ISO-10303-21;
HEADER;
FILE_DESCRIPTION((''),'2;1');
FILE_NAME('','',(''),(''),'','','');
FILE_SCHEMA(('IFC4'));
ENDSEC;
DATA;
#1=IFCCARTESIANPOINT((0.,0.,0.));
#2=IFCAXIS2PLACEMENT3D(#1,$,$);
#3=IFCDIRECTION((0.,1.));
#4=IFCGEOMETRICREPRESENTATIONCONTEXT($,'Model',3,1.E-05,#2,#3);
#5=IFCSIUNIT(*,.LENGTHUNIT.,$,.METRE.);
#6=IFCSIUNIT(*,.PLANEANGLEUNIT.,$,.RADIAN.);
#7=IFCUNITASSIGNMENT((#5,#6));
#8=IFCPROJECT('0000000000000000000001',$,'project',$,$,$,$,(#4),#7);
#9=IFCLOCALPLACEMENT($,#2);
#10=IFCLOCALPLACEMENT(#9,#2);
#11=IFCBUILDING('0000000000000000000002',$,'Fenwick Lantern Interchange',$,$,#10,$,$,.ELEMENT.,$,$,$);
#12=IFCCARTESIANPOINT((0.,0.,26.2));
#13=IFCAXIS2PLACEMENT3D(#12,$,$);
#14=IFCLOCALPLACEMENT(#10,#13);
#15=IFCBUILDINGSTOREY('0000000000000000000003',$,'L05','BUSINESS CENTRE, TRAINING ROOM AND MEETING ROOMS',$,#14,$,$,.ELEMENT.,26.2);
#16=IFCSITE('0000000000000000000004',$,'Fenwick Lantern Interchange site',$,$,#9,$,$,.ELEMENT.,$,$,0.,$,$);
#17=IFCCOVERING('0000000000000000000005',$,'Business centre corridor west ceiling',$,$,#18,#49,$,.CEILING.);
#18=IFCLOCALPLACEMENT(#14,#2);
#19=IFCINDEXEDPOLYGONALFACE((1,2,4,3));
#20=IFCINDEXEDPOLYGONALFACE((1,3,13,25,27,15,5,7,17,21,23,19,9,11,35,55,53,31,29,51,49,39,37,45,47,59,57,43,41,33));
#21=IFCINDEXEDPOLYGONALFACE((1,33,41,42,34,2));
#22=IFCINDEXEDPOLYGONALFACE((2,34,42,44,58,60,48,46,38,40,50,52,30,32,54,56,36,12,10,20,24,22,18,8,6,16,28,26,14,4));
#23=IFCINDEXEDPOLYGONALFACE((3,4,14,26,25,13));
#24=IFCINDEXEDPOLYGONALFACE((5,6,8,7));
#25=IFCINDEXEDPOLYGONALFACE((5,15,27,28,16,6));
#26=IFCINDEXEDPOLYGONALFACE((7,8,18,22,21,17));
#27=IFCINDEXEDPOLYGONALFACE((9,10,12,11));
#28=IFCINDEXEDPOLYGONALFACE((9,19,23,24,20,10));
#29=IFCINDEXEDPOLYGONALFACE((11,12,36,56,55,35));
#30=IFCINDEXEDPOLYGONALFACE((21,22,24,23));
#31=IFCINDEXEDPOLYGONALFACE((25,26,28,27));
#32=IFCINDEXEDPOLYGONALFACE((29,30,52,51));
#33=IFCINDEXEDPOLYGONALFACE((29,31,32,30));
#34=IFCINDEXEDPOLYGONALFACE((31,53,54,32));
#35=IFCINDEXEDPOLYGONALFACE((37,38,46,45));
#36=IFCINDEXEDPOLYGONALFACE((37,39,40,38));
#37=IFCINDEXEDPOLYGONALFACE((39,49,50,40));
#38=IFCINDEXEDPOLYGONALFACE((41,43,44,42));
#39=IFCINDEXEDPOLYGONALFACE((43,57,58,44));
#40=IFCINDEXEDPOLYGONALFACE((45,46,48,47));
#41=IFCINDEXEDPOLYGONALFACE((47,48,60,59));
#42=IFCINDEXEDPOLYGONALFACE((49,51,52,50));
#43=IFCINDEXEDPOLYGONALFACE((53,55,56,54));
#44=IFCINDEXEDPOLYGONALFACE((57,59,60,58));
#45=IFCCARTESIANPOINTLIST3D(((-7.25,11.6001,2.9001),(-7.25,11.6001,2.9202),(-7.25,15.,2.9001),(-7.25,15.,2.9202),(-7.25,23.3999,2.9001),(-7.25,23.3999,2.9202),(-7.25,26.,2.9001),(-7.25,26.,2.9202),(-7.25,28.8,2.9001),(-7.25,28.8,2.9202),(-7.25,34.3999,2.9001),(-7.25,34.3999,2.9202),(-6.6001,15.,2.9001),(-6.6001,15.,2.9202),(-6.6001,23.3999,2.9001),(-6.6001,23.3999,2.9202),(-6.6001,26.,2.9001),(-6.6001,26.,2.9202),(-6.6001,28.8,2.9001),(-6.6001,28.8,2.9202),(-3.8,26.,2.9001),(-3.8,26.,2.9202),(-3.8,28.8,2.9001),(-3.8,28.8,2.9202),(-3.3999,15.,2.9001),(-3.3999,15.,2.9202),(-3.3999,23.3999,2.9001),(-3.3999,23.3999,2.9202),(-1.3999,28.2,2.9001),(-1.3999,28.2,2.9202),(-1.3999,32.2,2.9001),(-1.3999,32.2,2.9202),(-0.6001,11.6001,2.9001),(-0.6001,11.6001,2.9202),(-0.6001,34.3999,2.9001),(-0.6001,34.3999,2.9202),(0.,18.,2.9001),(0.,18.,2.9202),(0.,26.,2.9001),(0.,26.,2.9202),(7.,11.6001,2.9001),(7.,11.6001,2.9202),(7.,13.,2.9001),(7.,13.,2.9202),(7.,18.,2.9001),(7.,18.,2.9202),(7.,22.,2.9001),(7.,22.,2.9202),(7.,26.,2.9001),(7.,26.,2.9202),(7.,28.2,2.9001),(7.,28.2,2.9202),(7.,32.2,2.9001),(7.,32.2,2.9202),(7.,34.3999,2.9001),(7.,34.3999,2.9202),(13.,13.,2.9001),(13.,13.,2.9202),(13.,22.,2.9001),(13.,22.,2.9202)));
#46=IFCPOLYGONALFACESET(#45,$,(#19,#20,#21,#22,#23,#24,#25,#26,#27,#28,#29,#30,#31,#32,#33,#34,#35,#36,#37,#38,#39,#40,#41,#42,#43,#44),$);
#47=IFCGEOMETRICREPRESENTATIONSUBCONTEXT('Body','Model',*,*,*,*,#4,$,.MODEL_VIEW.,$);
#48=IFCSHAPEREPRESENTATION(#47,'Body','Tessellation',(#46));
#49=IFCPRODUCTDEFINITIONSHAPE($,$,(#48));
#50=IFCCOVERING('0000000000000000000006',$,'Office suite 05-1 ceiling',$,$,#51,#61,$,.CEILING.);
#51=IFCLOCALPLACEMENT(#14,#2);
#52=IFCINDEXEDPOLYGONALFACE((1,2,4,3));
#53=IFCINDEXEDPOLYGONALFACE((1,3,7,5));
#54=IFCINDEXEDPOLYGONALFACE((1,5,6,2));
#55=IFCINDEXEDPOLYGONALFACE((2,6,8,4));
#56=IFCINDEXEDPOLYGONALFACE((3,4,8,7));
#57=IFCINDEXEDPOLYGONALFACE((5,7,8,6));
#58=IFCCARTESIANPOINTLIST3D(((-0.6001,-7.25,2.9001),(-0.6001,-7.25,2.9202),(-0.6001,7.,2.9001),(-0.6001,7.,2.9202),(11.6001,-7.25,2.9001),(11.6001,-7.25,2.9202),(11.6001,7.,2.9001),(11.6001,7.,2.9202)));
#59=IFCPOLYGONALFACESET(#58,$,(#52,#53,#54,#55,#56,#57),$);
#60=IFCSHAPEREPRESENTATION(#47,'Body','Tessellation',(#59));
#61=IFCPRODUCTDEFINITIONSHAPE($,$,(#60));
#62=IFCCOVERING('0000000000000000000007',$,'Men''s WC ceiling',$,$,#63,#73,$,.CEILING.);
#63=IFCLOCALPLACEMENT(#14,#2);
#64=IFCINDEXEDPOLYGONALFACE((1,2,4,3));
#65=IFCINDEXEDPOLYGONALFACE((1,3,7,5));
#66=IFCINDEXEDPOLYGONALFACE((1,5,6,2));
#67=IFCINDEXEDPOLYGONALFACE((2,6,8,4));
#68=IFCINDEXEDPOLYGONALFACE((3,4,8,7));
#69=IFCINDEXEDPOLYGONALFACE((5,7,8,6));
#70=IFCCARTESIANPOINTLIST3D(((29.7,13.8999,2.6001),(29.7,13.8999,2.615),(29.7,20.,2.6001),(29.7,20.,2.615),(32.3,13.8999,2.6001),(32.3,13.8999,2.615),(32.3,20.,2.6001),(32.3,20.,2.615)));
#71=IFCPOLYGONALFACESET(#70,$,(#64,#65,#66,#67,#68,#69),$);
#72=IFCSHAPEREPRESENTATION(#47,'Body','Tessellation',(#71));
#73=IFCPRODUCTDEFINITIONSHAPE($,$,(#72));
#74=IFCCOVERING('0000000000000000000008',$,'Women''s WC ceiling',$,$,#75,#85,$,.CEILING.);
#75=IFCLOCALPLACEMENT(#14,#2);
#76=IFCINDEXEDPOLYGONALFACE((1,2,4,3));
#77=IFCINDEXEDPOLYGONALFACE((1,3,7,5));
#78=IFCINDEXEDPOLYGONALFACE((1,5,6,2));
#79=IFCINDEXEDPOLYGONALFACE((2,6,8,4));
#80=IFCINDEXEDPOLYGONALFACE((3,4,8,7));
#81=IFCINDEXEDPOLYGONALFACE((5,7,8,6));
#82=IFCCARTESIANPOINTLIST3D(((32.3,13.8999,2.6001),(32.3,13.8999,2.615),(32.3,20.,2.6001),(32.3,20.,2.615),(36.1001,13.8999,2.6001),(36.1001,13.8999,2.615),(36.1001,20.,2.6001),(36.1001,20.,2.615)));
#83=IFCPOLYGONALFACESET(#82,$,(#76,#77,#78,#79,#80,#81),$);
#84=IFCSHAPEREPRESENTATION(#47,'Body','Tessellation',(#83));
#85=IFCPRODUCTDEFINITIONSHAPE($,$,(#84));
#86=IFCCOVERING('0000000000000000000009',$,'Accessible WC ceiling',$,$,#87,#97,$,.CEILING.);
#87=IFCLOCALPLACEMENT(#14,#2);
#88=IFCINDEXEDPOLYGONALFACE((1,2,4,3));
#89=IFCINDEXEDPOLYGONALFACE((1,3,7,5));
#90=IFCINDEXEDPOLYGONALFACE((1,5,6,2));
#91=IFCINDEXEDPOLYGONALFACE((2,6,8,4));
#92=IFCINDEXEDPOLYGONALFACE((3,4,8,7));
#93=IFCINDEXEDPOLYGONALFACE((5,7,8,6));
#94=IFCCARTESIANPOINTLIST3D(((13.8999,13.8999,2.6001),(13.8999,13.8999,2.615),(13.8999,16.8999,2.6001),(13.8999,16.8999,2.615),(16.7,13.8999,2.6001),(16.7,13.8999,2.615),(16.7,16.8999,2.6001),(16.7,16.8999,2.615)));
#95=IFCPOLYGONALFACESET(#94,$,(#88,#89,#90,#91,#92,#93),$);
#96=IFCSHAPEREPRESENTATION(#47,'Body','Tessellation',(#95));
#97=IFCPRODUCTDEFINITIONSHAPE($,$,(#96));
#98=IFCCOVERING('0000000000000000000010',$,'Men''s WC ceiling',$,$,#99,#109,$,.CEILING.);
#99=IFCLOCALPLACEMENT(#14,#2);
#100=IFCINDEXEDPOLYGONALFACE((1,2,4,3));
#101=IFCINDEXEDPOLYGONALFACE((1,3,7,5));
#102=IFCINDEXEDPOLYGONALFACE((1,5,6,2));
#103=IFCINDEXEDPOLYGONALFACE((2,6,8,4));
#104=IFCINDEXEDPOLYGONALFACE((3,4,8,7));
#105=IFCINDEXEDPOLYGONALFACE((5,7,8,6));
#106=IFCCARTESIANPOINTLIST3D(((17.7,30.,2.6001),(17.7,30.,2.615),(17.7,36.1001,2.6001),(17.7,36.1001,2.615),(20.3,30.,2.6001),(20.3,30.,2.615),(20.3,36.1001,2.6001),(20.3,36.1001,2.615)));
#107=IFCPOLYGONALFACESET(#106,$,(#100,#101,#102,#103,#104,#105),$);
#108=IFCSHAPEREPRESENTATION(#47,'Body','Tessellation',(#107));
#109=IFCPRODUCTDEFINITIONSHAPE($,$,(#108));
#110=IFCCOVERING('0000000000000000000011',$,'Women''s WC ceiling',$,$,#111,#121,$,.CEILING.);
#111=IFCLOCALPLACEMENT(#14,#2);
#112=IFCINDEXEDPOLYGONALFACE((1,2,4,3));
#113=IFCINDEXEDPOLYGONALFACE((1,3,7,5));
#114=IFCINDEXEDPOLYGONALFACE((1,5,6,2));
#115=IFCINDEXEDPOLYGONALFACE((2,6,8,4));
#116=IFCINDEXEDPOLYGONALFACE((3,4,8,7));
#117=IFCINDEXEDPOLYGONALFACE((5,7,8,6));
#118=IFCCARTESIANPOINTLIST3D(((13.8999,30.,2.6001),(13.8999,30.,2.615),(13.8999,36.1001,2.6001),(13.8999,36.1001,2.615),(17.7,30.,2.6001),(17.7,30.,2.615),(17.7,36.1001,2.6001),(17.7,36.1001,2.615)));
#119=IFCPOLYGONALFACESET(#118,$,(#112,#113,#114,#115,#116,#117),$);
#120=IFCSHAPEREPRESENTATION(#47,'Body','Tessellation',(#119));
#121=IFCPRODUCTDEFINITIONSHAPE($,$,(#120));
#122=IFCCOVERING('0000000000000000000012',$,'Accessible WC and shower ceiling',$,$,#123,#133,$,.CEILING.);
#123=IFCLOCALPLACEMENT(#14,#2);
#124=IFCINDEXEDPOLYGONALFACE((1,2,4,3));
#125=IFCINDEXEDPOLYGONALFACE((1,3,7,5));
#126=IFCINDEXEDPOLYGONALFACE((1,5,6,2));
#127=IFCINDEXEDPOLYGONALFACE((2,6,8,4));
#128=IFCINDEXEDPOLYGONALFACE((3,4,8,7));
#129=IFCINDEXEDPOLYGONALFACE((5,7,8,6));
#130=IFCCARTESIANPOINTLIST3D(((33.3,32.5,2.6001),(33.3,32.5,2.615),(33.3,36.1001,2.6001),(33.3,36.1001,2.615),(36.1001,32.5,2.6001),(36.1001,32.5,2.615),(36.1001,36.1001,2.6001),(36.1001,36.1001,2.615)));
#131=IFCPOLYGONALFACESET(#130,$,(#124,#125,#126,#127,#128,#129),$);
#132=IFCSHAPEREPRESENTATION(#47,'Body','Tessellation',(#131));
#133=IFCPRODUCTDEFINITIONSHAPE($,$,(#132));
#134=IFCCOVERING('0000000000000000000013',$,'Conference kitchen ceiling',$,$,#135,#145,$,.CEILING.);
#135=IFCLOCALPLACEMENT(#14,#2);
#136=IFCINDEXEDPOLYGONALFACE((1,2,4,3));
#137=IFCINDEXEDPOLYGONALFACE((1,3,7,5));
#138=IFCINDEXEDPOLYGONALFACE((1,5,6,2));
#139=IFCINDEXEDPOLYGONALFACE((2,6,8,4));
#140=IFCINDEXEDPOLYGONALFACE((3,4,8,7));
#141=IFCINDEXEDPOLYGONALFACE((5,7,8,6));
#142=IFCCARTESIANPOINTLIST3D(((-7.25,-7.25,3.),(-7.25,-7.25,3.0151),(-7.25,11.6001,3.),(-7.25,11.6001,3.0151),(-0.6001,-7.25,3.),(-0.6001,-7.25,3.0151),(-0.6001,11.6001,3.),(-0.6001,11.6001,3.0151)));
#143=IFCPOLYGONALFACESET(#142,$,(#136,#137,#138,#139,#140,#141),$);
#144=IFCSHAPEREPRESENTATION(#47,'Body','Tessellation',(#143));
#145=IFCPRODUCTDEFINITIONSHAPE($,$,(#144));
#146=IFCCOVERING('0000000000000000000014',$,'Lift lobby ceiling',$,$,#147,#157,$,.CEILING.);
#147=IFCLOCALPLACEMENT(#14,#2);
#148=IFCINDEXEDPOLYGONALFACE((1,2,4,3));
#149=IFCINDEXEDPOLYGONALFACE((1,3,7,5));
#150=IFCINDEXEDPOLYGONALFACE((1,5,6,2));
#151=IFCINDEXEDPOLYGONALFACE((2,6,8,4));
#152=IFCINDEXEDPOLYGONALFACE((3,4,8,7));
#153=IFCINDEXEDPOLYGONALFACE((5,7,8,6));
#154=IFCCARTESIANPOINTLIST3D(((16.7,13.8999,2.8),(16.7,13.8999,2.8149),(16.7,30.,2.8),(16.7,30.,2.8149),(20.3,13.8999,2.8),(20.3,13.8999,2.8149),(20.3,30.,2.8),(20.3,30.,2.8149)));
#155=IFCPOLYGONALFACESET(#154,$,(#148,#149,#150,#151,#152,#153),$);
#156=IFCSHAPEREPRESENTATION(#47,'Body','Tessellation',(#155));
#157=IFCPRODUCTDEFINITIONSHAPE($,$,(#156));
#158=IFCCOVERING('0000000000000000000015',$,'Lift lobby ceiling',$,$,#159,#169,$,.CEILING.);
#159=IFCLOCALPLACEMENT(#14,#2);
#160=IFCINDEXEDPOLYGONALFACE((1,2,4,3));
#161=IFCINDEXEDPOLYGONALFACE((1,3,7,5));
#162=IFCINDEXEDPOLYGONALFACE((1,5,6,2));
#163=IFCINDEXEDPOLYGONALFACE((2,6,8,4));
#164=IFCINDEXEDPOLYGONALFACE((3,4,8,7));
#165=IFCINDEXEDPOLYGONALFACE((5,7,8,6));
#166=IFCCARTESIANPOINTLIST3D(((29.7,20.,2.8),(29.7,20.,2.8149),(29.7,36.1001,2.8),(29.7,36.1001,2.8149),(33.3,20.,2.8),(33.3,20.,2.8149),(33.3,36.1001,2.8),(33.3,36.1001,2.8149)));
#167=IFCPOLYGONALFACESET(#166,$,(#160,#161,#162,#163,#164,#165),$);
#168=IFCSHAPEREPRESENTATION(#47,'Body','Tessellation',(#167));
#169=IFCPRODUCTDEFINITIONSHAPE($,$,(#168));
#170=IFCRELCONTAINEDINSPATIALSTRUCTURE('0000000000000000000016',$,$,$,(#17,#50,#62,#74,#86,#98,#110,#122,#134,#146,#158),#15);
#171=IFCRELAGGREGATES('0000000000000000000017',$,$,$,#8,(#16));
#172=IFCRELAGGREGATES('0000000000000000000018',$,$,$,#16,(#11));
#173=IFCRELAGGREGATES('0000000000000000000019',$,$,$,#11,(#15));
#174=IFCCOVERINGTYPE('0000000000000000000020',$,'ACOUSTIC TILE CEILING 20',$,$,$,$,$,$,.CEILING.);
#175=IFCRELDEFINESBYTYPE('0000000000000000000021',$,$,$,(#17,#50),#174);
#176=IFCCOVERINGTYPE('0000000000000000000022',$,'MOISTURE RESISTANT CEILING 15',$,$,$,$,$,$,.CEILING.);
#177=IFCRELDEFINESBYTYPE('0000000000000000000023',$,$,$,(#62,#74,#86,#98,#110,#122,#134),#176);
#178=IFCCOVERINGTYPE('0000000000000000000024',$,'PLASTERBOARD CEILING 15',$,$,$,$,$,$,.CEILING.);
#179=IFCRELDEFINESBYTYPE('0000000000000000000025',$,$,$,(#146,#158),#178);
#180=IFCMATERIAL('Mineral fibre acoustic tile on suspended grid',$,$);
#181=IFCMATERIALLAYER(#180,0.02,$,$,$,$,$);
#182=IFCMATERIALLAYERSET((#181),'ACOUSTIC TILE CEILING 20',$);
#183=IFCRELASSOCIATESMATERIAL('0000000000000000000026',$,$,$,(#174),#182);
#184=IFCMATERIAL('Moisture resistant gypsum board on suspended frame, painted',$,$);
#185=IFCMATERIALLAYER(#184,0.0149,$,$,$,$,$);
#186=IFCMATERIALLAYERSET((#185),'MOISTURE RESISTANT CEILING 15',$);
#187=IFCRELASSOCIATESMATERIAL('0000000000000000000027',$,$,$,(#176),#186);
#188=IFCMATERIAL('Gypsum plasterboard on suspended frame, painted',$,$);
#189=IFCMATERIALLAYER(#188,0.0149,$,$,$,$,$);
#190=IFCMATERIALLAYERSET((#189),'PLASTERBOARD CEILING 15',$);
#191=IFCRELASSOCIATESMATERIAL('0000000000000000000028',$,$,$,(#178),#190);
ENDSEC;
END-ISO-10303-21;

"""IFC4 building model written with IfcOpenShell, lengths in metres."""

from ifc_helpers import new_model, si_unit, direction, frame, origin, place, context, subcontext, project, spatial, polyline, outline, extrude, material, layer, layer_set, type_object, element, save


model = new_model("IFC4")

# Units and contexts
model_context = context("Model", 3, precision=1e-05, world=origin(), true_north=direction((0.0, 1.0)))
body_context = subcontext(model_context, "Body", "Model", "MODEL_VIEW")
ifc_project = project(units=[si_unit("LENGTHUNIT", "METRE"), si_unit("PLANEANGLEUNIT", "RADIAN")], contexts=[model_context])

# Site, building, storey
site_placement = place(None, origin())
site = spatial("IfcSite", under=ifc_project, at=site_placement, Name="Fenwick Lantern Interchange site", CompositionType="ELEMENT", RefElevation=0.0)
building_placement = place(site_placement, origin())
building = spatial("IfcBuilding", under=site, at=building_placement, Name="Fenwick Lantern Interchange", CompositionType="ELEMENT")
storey_placement = place(building_placement, frame((0.0, 0.0, 26.2)))
storey = spatial("IfcBuildingStorey", under=building, at=storey_placement, Name="L05", Description="BUSINESS CENTRE, TRAINING ROOM AND MEETING ROOMS", CompositionType="ELEMENT", Elevation=26.2)

# Coverings
ifc_material_1 = material(Name="Mineral fibre acoustic tile on suspended grid")
ifc_layer_1 = layer(ifc_material_1, 0.02)
ifc_layer_set_1 = layer_set([ifc_layer_1], Name="ACOUSTIC TILE CEILING 20")
covering_type_1 = type_object("IfcCoveringType", Name="ACOUSTIC TILE CEILING 20", PredefinedType="CEILING", material=ifc_layer_set_1)
covering_1_placement = place(storey_placement, frame((0.0, 0.0, 2.9001)))
element("IfcCovering", 1, at=covering_1_placement, inside=storey, type_object=covering_type_1, Name="Business centre corridor west ceiling", PredefinedType="CEILING", context=body_context, shape_type="SweptSolid", body=[
    extrude(outline(polyline([(-7.25, 34.3999), (-7.25, 28.8), (-6.6001, 28.8), (-3.8, 28.8), (-3.8, 26.0), (-6.6001, 26.0), (-7.25, 26.0), (-7.25, 23.3999), (-6.6001, 23.3999), (-3.3999, 23.3999), (-3.3999, 15.0), (-6.6001, 15.0), (-7.25, 15.0), (-7.25, 11.6001), (-0.6001, 11.6001), (7.0, 11.6001), (7.0, 13.0), (13.0, 13.0), (13.0, 22.0), (7.0, 22.0), (7.0, 18.0), (0.0, 18.0), (0.0, 26.0), (7.0, 26.0), (7.0, 28.2), (-1.3999, 28.2), (-1.3999, 32.2), (7.0, 32.2), (7.0, 34.3999), (-0.6001, 34.3999), (-7.25, 34.3999)])), origin(), (0.0, 0.0, 1.0), 0.02),
])
covering_2_placement = place(storey_placement, frame((0.0, 0.0, 2.9001)))
element("IfcCovering", 2, at=covering_2_placement, inside=storey, type_object=covering_type_1, Name="Office suite 05-1 ceiling", PredefinedType="CEILING", context=body_context, shape_type="SweptSolid", body=[
    extrude(outline(polyline([(-0.6001, -7.25), (11.6001, -7.25), (11.6001, 7.0), (-0.6001, 7.0), (-0.6001, -7.25)])), origin(), (0.0, 0.0, 1.0), 0.02),
])
ifc_material_2 = material(Name="Moisture resistant gypsum board on suspended frame, painted")
ifc_layer_2 = layer(ifc_material_2, 0.0149)
ifc_layer_set_2 = layer_set([ifc_layer_2], Name="MOISTURE RESISTANT CEILING 15")
covering_type_2 = type_object("IfcCoveringType", Name="MOISTURE RESISTANT CEILING 15", PredefinedType="CEILING", material=ifc_layer_set_2)
covering_3_placement = place(storey_placement, frame((0.0, 0.0, 2.6001)))
element("IfcCovering", 3, at=covering_3_placement, inside=storey, type_object=covering_type_2, Name="Men's WC ceiling", PredefinedType="CEILING", context=body_context, shape_type="SweptSolid", body=[
    extrude(outline(polyline([(29.7, 13.8999), (32.3, 13.8999), (32.3, 20.0), (29.7, 20.0), (29.7, 13.8999)])), origin(), (0.0, 0.0, 1.0), 0.0149),
])
covering_4_placement = place(storey_placement, frame((0.0, 0.0, 2.6001)))
element("IfcCovering", 4, at=covering_4_placement, inside=storey, type_object=covering_type_2, Name="Women's WC ceiling", PredefinedType="CEILING", context=body_context, shape_type="SweptSolid", body=[
    extrude(outline(polyline([(32.3, 13.8999), (36.1001, 13.8999), (36.1001, 20.0), (32.3, 20.0), (32.3, 13.8999)])), origin(), (0.0, 0.0, 1.0), 0.0149),
])
covering_5_placement = place(storey_placement, frame((0.0, 0.0, 2.6001)))
element("IfcCovering", 5, at=covering_5_placement, inside=storey, type_object=covering_type_2, Name="Accessible WC ceiling", PredefinedType="CEILING", context=body_context, shape_type="SweptSolid", body=[
    extrude(outline(polyline([(13.8999, 13.8999), (16.7, 13.8999), (16.7, 16.8999), (13.8999, 16.8999), (13.8999, 13.8999)])), origin(), (0.0, 0.0, 1.0), 0.0149),
])
covering_6_placement = place(storey_placement, frame((0.0, 0.0, 2.6001)))
element("IfcCovering", 6, at=covering_6_placement, inside=storey, type_object=covering_type_2, Name="Men's WC ceiling", PredefinedType="CEILING", context=body_context, shape_type="SweptSolid", body=[
    extrude(outline(polyline([(20.3, 36.1001), (17.7, 36.1001), (17.7, 30.0), (20.3, 30.0), (20.3, 36.1001)])), origin(), (0.0, 0.0, 1.0), 0.0149),
])
covering_7_placement = place(storey_placement, frame((0.0, 0.0, 2.6001)))
element("IfcCovering", 7, at=covering_7_placement, inside=storey, type_object=covering_type_2, Name="Women's WC ceiling", PredefinedType="CEILING", context=body_context, shape_type="SweptSolid", body=[
    extrude(outline(polyline([(17.7, 36.1001), (13.8999, 36.1001), (13.8999, 30.0), (17.7, 30.0), (17.7, 36.1001)])), origin(), (0.0, 0.0, 1.0), 0.0149),
])
covering_8_placement = place(storey_placement, frame((0.0, 0.0, 2.6001)))
element("IfcCovering", 8, at=covering_8_placement, inside=storey, type_object=covering_type_2, Name="Accessible WC and shower ceiling", PredefinedType="CEILING", context=body_context, shape_type="SweptSolid", body=[
    extrude(outline(polyline([(36.1001, 36.1001), (33.3, 36.1001), (33.3, 32.5), (36.1001, 32.5), (36.1001, 36.1001)])), origin(), (0.0, 0.0, 1.0), 0.0149),
])
covering_9_placement = place(storey_placement, frame((0.0, 0.0, 3.0)))
element("IfcCovering", 9, at=covering_9_placement, inside=storey, type_object=covering_type_2, Name="Conference kitchen ceiling", PredefinedType="CEILING", context=body_context, shape_type="SweptSolid", body=[
    extrude(outline(polyline([(-0.6001, 11.6001), (-7.25, 11.6001), (-7.25, -7.25), (-0.6001, -7.25), (-0.6001, 11.6001)])), origin(), (0.0, 0.0, 1.0), 0.0151),
])
ifc_material_3 = material(Name="Gypsum plasterboard on suspended frame, painted")
ifc_layer_3 = layer(ifc_material_3, 0.0149)
ifc_layer_set_3 = layer_set([ifc_layer_3], Name="PLASTERBOARD CEILING 15")
covering_type_3 = type_object("IfcCoveringType", Name="PLASTERBOARD CEILING 15", PredefinedType="CEILING", material=ifc_layer_set_3)
covering_10_placement = place(storey_placement, frame((0.0, 0.0, 2.8)))
element("IfcCovering", 10, at=covering_10_placement, inside=storey, type_object=covering_type_3, Name="Lift lobby ceiling", PredefinedType="CEILING", context=body_context, shape_type="SweptSolid", body=[
    extrude(outline(polyline([(16.7, 13.8999), (20.3, 13.8999), (20.3, 30.0), (16.7, 30.0), (16.7, 13.8999)])), origin(), (0.0, 0.0, 1.0), 0.0149),
])
covering_11_placement = place(storey_placement, frame((0.0, 0.0, 2.8)))
element("IfcCovering", 11, at=covering_11_placement, inside=storey, type_object=covering_type_3, Name="Lift lobby ceiling", PredefinedType="CEILING", context=body_context, shape_type="SweptSolid", body=[
    extrude(outline(polyline([(33.3, 36.1001), (29.7, 36.1001), (29.7, 20.0), (33.3, 20.0), (33.3, 36.1001)])), origin(), (0.0, 0.0, 1.0), 0.0149),
])

save(model, "model.ifc")
